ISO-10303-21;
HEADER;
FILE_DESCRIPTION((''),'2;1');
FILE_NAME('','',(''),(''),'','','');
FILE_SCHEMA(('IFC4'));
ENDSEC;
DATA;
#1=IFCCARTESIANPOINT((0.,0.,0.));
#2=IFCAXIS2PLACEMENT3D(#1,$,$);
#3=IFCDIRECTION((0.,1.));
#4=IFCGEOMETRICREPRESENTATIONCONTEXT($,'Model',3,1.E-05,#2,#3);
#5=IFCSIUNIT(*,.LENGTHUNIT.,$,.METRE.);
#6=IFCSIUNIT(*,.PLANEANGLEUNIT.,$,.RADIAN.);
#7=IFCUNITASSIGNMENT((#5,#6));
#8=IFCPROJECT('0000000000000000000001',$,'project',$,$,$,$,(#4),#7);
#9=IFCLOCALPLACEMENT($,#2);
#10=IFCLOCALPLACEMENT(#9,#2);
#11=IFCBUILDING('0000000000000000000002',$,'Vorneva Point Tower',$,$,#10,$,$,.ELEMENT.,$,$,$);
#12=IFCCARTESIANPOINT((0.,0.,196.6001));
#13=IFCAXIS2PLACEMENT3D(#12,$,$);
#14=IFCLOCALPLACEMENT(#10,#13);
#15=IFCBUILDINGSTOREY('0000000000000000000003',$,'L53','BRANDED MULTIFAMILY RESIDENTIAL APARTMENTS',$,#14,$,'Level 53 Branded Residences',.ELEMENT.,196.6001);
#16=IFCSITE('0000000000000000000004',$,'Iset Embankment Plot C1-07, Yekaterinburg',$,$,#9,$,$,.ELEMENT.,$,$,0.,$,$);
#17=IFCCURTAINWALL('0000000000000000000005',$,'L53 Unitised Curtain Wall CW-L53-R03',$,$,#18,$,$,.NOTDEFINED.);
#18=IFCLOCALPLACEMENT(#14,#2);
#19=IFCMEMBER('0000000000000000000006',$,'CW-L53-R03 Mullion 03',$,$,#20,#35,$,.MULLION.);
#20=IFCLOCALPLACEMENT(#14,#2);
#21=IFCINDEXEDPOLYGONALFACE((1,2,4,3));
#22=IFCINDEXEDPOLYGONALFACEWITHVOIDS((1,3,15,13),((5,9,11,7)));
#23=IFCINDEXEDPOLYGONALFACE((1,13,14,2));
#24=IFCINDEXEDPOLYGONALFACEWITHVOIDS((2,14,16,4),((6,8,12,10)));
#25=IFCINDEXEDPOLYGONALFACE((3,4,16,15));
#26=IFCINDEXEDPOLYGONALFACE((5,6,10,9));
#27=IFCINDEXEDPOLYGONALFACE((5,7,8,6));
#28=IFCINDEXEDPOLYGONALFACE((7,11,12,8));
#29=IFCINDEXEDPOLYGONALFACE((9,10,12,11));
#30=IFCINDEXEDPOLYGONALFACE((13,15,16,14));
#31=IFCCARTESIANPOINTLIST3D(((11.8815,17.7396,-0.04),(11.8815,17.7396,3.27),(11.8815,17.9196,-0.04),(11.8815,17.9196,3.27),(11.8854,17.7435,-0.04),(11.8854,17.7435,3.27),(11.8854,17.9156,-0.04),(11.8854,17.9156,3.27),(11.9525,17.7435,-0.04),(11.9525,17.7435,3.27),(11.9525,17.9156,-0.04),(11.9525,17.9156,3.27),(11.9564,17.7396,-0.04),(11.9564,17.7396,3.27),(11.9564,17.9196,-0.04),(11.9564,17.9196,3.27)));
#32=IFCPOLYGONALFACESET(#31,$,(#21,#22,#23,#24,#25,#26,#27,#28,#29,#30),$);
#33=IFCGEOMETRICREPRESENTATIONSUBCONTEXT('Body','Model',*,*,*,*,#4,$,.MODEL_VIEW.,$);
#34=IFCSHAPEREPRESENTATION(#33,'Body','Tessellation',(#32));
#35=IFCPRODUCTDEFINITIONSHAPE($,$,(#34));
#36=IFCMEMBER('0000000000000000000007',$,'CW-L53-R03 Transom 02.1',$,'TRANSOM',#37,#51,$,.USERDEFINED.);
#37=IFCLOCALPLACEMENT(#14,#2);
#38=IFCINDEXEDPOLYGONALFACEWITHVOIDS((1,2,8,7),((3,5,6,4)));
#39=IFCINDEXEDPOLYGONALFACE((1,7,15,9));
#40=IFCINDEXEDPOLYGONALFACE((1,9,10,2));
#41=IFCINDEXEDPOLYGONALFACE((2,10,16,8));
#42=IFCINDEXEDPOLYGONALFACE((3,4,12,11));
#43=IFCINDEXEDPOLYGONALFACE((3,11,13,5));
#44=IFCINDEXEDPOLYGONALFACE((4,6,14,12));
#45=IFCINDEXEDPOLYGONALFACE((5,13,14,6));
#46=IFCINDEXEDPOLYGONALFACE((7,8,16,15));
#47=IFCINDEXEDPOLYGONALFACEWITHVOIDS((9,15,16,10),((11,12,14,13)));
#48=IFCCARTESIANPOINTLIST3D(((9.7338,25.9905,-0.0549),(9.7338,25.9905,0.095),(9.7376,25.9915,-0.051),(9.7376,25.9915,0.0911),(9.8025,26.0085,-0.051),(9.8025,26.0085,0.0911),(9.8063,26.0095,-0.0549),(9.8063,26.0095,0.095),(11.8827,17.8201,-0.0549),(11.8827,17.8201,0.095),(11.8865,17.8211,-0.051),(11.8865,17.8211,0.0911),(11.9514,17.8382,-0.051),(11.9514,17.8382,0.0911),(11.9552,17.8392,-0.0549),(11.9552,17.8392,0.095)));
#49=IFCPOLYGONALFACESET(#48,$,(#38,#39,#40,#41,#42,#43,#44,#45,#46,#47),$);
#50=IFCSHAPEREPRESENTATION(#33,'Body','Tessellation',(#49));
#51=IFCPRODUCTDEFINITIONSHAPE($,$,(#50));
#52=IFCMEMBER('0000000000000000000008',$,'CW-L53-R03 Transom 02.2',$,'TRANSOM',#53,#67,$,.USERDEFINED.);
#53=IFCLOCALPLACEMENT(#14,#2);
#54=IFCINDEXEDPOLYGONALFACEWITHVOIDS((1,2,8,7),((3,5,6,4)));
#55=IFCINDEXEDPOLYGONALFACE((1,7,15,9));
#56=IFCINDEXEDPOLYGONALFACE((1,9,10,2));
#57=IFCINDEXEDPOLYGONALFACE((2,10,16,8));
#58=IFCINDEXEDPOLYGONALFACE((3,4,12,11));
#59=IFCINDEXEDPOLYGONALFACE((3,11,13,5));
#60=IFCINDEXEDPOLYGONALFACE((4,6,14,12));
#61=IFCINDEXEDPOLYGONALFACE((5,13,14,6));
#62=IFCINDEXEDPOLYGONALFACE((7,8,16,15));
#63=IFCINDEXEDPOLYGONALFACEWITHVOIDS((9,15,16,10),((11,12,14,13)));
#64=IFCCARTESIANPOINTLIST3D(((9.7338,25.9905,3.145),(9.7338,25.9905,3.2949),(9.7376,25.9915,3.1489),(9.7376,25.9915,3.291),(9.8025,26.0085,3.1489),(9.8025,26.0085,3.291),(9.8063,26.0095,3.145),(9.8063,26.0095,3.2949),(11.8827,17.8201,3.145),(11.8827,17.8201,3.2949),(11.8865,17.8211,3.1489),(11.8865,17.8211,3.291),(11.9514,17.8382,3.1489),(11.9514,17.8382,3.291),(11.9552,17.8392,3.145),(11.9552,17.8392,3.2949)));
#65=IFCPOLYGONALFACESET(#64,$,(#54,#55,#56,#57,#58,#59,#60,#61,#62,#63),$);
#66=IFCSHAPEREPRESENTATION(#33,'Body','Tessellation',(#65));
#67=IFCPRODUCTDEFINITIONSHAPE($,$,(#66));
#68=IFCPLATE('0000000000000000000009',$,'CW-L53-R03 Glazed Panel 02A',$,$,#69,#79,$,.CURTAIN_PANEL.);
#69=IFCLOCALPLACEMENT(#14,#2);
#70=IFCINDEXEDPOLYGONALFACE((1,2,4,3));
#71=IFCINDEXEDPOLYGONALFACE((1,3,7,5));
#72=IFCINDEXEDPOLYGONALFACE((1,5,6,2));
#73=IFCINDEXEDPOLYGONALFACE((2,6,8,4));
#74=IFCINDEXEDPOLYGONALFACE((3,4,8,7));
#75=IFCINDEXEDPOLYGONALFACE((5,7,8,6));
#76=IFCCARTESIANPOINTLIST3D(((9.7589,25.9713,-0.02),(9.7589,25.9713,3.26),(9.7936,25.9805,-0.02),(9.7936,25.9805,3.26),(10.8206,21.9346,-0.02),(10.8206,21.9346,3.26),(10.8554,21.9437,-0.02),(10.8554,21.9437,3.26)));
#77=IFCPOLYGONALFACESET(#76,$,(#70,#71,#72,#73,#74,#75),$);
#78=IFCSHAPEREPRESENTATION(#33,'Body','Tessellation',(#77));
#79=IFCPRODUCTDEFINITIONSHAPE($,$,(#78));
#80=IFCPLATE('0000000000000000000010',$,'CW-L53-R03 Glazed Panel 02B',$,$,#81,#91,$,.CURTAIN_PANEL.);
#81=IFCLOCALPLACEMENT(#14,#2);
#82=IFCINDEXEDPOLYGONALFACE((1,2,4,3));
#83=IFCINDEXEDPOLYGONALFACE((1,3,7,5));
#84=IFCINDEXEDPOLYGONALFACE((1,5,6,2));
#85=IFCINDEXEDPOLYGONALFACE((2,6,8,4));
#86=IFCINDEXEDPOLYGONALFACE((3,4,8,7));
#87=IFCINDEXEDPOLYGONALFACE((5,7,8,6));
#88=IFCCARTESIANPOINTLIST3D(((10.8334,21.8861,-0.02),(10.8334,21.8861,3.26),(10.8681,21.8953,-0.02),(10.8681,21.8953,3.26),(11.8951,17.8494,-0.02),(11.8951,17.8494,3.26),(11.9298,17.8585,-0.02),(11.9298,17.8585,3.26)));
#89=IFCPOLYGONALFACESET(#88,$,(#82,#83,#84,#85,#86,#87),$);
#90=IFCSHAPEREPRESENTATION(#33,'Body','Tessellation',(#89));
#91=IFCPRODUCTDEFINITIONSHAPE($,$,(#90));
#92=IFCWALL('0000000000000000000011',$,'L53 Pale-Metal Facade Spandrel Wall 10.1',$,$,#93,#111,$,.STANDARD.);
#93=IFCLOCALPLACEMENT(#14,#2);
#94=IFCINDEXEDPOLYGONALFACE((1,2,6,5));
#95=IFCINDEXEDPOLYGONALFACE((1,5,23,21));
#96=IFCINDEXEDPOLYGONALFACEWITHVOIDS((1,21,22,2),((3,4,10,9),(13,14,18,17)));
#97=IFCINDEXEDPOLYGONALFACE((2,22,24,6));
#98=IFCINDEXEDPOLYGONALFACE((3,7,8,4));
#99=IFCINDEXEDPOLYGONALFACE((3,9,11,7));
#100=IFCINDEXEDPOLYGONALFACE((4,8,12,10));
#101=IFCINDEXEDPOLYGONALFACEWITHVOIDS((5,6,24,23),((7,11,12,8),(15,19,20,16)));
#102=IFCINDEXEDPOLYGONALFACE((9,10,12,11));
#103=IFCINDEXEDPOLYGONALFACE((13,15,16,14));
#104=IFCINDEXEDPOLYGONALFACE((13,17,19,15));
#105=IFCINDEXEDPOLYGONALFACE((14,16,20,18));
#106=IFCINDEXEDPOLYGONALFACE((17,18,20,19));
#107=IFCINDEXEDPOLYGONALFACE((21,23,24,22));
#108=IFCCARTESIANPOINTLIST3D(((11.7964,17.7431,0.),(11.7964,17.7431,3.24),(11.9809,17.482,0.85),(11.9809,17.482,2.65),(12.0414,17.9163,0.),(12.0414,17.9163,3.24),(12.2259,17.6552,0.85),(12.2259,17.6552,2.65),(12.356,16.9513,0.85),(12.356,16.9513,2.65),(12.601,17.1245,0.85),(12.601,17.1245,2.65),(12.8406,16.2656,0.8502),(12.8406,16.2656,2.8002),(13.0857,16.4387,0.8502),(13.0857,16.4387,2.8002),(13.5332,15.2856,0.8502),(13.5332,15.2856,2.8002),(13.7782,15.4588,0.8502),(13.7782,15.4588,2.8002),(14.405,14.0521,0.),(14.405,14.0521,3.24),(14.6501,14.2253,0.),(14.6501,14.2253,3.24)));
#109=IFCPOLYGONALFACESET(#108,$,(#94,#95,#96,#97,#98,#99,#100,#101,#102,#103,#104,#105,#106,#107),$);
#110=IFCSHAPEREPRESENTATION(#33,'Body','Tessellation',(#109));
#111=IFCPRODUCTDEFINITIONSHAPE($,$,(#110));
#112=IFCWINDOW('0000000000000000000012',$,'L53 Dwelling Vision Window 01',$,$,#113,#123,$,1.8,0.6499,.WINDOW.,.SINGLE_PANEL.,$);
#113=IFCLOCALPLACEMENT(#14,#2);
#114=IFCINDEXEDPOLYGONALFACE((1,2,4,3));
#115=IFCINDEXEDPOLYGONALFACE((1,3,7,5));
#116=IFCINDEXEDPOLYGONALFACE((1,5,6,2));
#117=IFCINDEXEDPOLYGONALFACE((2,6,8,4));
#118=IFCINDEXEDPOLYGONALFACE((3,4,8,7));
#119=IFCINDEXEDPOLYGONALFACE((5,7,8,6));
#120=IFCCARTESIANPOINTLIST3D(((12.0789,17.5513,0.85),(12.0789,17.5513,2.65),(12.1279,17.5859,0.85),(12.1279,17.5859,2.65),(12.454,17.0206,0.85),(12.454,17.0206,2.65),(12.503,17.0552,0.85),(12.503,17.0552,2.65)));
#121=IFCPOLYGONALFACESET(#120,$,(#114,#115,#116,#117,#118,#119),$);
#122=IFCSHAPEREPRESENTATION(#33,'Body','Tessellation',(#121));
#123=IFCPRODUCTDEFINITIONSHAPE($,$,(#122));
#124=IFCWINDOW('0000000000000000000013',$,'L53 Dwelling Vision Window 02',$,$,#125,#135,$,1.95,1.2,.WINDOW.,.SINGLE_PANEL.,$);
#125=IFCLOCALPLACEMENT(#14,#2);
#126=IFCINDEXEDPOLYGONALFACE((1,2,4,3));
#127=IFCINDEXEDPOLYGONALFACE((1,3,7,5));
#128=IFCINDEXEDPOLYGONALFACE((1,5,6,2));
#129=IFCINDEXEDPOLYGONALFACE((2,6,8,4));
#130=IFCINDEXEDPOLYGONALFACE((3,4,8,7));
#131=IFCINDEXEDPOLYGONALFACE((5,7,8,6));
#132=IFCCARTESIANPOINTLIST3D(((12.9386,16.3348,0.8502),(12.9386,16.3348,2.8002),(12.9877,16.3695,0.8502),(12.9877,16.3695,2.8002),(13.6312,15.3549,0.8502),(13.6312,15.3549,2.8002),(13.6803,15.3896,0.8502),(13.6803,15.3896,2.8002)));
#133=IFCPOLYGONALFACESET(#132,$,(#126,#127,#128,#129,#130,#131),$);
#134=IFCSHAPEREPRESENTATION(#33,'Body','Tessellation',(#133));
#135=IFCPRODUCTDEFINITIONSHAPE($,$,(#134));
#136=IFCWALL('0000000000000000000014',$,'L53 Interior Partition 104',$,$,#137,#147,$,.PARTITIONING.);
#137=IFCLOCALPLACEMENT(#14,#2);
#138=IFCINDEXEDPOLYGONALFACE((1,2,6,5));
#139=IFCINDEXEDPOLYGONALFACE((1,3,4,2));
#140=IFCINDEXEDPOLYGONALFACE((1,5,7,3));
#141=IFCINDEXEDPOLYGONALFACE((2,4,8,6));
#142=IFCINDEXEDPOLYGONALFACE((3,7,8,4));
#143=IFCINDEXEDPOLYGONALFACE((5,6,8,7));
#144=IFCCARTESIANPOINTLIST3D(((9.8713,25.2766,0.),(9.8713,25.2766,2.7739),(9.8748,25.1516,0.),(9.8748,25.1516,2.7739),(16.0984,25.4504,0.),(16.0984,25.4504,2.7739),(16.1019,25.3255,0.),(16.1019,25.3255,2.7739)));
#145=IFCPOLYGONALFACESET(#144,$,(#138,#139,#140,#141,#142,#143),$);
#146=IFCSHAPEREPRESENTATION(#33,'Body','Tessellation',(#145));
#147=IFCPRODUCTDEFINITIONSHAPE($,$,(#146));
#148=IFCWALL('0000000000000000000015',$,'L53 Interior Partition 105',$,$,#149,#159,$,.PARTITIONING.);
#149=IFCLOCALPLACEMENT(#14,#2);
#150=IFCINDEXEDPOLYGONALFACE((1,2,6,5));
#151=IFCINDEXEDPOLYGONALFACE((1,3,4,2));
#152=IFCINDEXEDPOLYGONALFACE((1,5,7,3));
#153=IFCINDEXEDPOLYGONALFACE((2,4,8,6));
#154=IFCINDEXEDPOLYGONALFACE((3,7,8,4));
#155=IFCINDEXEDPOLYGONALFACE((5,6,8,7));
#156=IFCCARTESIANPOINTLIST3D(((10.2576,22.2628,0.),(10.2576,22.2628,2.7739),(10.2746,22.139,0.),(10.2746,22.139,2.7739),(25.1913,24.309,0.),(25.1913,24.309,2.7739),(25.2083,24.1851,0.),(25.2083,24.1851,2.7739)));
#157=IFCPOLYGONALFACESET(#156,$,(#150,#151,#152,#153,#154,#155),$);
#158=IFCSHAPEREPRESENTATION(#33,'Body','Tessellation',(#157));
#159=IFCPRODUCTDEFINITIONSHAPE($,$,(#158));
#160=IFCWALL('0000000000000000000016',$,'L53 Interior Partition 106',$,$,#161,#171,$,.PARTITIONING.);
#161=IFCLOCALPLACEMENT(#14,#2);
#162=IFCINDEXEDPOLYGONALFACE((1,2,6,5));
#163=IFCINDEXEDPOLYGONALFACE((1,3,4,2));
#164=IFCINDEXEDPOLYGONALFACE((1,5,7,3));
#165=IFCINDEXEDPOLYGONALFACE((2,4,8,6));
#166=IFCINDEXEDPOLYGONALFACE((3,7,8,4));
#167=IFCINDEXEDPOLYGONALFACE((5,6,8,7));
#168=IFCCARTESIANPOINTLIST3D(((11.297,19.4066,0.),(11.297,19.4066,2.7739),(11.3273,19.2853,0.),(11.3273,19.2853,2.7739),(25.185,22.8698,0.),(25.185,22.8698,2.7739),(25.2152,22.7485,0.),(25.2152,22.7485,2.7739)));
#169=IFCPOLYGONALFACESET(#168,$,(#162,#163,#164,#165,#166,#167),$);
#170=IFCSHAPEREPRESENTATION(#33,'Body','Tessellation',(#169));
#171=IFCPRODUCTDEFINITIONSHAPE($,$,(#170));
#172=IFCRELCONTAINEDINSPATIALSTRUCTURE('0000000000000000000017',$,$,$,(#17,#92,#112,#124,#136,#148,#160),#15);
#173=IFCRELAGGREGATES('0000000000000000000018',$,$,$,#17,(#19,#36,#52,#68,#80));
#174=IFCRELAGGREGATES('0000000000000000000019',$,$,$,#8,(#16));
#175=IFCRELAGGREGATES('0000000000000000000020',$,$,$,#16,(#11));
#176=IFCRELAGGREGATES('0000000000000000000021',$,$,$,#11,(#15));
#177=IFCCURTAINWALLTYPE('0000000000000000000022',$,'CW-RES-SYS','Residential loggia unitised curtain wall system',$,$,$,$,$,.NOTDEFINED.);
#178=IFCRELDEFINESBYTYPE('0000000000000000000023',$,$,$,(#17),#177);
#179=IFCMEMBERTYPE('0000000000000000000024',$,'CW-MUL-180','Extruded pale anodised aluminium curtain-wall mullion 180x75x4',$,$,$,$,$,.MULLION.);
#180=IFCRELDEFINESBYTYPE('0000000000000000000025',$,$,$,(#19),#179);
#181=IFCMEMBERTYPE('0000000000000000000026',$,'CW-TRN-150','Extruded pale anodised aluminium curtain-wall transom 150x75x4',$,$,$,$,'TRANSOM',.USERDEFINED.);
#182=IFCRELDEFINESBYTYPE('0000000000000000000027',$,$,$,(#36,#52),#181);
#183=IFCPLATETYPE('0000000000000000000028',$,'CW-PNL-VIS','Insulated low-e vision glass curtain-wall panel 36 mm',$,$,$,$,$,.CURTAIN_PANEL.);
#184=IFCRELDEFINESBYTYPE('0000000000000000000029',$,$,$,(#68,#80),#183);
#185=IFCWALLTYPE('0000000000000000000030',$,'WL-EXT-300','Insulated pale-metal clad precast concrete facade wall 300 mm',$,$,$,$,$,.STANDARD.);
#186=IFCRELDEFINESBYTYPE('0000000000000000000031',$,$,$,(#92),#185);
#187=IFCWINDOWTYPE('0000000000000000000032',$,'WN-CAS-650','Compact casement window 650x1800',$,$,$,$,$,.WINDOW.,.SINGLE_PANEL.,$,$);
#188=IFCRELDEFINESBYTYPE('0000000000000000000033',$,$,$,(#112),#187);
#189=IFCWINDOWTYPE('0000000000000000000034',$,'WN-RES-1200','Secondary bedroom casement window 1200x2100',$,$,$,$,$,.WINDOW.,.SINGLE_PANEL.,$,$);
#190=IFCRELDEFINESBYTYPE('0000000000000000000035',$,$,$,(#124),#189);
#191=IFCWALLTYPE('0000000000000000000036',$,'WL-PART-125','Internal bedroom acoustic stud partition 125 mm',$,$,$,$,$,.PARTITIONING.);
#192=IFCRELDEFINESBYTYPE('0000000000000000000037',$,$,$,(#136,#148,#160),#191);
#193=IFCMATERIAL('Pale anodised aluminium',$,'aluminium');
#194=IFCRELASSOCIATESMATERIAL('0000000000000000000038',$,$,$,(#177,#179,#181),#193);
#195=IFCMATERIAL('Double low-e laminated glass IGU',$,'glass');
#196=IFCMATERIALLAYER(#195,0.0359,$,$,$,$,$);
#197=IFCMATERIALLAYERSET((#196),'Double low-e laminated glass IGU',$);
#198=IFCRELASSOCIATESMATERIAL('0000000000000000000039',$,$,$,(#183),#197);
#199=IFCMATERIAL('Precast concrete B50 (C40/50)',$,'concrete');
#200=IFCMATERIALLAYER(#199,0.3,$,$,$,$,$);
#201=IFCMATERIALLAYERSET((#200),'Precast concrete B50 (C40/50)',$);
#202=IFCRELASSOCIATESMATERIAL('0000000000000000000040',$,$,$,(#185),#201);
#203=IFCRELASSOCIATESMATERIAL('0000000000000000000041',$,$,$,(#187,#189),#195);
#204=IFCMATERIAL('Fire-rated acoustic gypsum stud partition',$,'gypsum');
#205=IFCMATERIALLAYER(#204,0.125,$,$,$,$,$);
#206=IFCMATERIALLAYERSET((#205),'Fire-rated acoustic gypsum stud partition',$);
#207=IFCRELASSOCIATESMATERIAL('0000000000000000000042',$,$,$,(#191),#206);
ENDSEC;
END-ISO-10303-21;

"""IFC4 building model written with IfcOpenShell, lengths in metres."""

from ifc_helpers import new_model, si_unit, direction, frame, frame_2d, origin, origin_2d, place, context, subcontext, project, spatial, rectangle, hollow_rectangle, extrude, material, layer, layer_set, material_profile, profile_set, type_object, element, fill, aggregate, save


model = new_model("IFC4")

# Units and contexts
model_context = context("Model", 3, precision=1e-05, world=origin(), true_north=direction((0.0, 1.0)))
body_context = subcontext(model_context, "Body", "Model", "MODEL_VIEW")
ifc_project = project(units=[si_unit("LENGTHUNIT", "METRE"), si_unit("PLANEANGLEUNIT", "RADIAN")], contexts=[model_context])

# Site, building, storey
site_placement = place(None, origin())
site = spatial("IfcSite", under=ifc_project, at=site_placement, Name="Iset Embankment Plot C1-07, Yekaterinburg", CompositionType="ELEMENT", RefElevation=0.0)
building_placement = place(site_placement, origin())
building = spatial("IfcBuilding", under=site, at=building_placement, Name="Vorneva Point Tower", CompositionType="ELEMENT")
storey_placement = place(building_placement, frame((0.0, 0.0, 196.6001)))
storey = spatial("IfcBuildingStorey", under=building, at=storey_placement, Name="L53", Description="BRANDED MULTIFAMILY RESIDENTIAL APARTMENTS", LongName="Level 53 Branded Residences", CompositionType="ELEMENT", Elevation=196.6001)

# Curtain wall, members, plates
ifc_material_1 = material(Name="Pale anodised aluminium", Category="aluminium")
curtain_wall_type = type_object("IfcCurtainWallType", Name="CW-RES-SYS", Description="Residential loggia unitised curtain wall system", PredefinedType="NOTDEFINED", material=ifc_material_1)
curtain_wall_placement = place(storey_placement, origin())
curtain_wall = element("IfcCurtainWall", 1, at=curtain_wall_placement, inside=storey, type_object=curtain_wall_type, Name="L53 Unitised Curtain Wall CW-L53-R03", PredefinedType="NOTDEFINED")
ifc_material_profile_1 = material_profile(ifc_material_1, hollow_rectangle(XDim=0.075, YDim=0.1799, WallThickness=0.0039, at=origin_2d()), Name="AL-MUL 180x75x4")
ifc_profile_set_1 = profile_set([ifc_material_profile_1], Name="Pale anodised aluminium")
member_type_1 = type_object("IfcMemberType", Name="CW-MUL-180", Description="Extruded pale anodised aluminium curtain-wall mullion 180x75x4", PredefinedType="MULLION", material=ifc_profile_set_1)
member_1_placement = place(storey_placement, frame((11.9189, 17.8296, -0.04), z_axis=(0.0, 0.0, 1.0), x_axis=(1.0, 0.0, 0.0)))
member_1 = element("IfcMember", 2, at=member_1_placement, type_object=member_type_1, Name="CW-L53-R03 Mullion 03", PredefinedType="MULLION", context=body_context, shape_type="SweptSolid", body=[
    extrude(hollow_rectangle(XDim=0.075, YDim=0.1799, WallThickness=0.0039, at=origin_2d()), origin(), (0.0, 0.0, 1.0), 3.3101),
])
ifc_material_profile_2 = material_profile(ifc_material_1, hollow_rectangle(XDim=0.075, YDim=0.1499, WallThickness=0.0039, at=origin_2d()), Name="AL-TRN 150x75x4")
ifc_profile_set_2 = profile_set([ifc_material_profile_2], Name="Pale anodised aluminium")
member_type_2 = type_object("IfcMemberType", Name="CW-TRN-150", Description="Extruded pale anodised aluminium curtain-wall transom 150x75x4", ElementType="TRANSOM", PredefinedType="USERDEFINED", material=ifc_profile_set_2)
member_2_placement = place(storey_placement, frame((9.77, 26.0, 0.02), z_axis=(0.254362, -0.967109, 0.0), x_axis=(0.967109, 0.254362, 0.0)))
member_2 = element("IfcMember", 3, at=member_2_placement, type_object=member_type_2, Name="CW-L53-R03 Transom 02.1", ObjectType="TRANSOM", PredefinedType="USERDEFINED", context=body_context, shape_type="SweptSolid", body=[
    extrude(hollow_rectangle(XDim=0.075, YDim=0.1499, WallThickness=0.0039, at=origin_2d()), origin(), (0.0, 0.0, 1.0), 8.4482),
])
member_3_placement = place(storey_placement, frame((9.77, 26.0, 3.22), z_axis=(0.254362, -0.967109, 0.0), x_axis=(0.967109, 0.254362, 0.0)))
member_3 = element("IfcMember", 4, at=member_3_placement, type_object=member_type_2, Name="CW-L53-R03 Transom 02.2", ObjectType="TRANSOM", PredefinedType="USERDEFINED", context=body_context, shape_type="SweptSolid", body=[
    extrude(hollow_rectangle(XDim=0.075, YDim=0.1499, WallThickness=0.0039, at=origin_2d()), origin(), (0.0, 0.0, 1.0), 8.4482),
])
ifc_material_2 = material(Name="Double low-e laminated glass IGU", Category="glass")
ifc_layer_1 = layer(ifc_material_2, 0.0359)
ifc_layer_set_1 = layer_set([ifc_layer_1], Name="Double low-e laminated glass IGU")
plate_type = type_object("IfcPlateType", Name="CW-PNL-VIS", Description="Insulated low-e vision glass curtain-wall panel 36 mm", PredefinedType="CURTAIN_PANEL", material=ifc_layer_set_1)
plate_1_placement = place(storey_placement, frame((10.3071, 23.9575, -0.02), z_axis=(0.0, 0.0, 1.0), x_axis=(0.254366, -0.967108, 0.0)))
plate_1 = element("IfcPlate", 5, at=plate_1_placement, type_object=plate_type, Name="CW-L53-R03 Glazed Panel 02A", PredefinedType="CURTAIN_PANEL", context=body_context, shape_type="SweptSolid", body=[
    extrude(rectangle(XDim=4.1741, YDim=0.0359, at=origin_2d()), origin(), (0.0, 0.0, 1.0), 3.28),
])
plate_2_placement = place(storey_placement, frame((11.3816, 19.8723, -0.02), z_axis=(0.0, 0.0, 1.0), x_axis=(0.254366, -0.967108, 0.0)))
plate_2 = element("IfcPlate", 6, at=plate_2_placement, type_object=plate_type, Name="CW-L53-R03 Glazed Panel 02B", PredefinedType="CURTAIN_PANEL", context=body_context, shape_type="SweptSolid", body=[
    extrude(rectangle(XDim=4.1741, YDim=0.0359, at=origin_2d()), origin(), (0.0, 0.0, 1.0), 3.28),
])
aggregate(curtain_wall, [member_1, member_2, member_3, plate_1, plate_2])

# Wall, openings, windows
ifc_material_3 = material(Name="Precast concrete B50 (C40/50)", Category="concrete")
ifc_layer_2 = layer(ifc_material_3, 0.3)
ifc_layer_set_2 = layer_set([ifc_layer_2], Name="Precast concrete B50 (C40/50)")
wall_type_1 = type_object("IfcWallType", Name="WL-EXT-300", Description="Insulated pale-metal clad precast concrete facade wall 300 mm", PredefinedType="STANDARD", material=ifc_layer_set_2)
wall_1_placement = place(storey_placement, frame((11.9189, 17.8296, 0.0), z_axis=(0.0, 0.0, 1.0), x_axis=(0.577169, -0.816625, 0.0)))
wall_1 = element("IfcWall", 7, at=wall_1_placement, inside=storey, type_object=wall_type_1, Name="L53 Pale-Metal Facade Spandrel Wall 10.1", PredefinedType="STANDARD", context=body_context, shape_type="SweptSolid", body=[
    extrude(rectangle(XDim=4.5198, YDim=0.3, at=frame_2d((2.2598, 0.0))), origin(), (0.0, 0.0, 1.0), 3.24),
])
opening_1_placement = place(wall_1_placement, frame((0.3196, 0.0, 0.8501)))
opening_1 = element("IfcOpeningElement", 8, at=opening_1_placement, cuts=wall_1, PredefinedType="OPENING", context=body_context, shape_type="SweptSolid", body=[
    extrude(rectangle(XDim=0.6499, YDim=1.8, at=frame_2d((0.325, 0.8999))), frame((0.0, 0.165, 0.0), z_axis=(0.0, -1.0, 0.0), x_axis=(1.0, 0.0, 0.0)), (0.0, 0.0, 1.0), 0.3298),
])
opening_2_placement = place(wall_1_placement, frame((1.8091, 0.0, 0.8501)))
opening_2 = element("IfcOpeningElement", 9, at=opening_2_placement, cuts=wall_1, PredefinedType="OPENING", context=body_context, shape_type="SweptSolid", body=[
    extrude(rectangle(XDim=1.2, YDim=1.95, at=frame_2d((0.6001, 0.9751))), frame((0.0, 0.165, 0.0), z_axis=(0.0, -1.0, 0.0), x_axis=(1.0, 0.0, 0.0)), (0.0, 0.0, 1.0), 0.3298),
])
window_type_1 = type_object("IfcWindowType", Name="WN-CAS-650", Description="Compact casement window 650x1800", PartitioningType="SINGLE_PANEL", PredefinedType="WINDOW", material=ifc_material_2)
window_1_placement = place(opening_1_placement, origin())
window_1 = element("IfcWindow", 10, at=window_1_placement, inside=storey, type_object=window_type_1, Name="L53 Dwelling Vision Window 01", OverallHeight=1.8, OverallWidth=0.6499, PartitioningType="SINGLE_PANEL", PredefinedType="WINDOW", context=body_context, shape_type="SweptSolid", body=[
    extrude(rectangle(XDim=0.6499, YDim=1.8, at=frame_2d((0.325, 0.8999))), frame((0.0, 0.03, 0.0), z_axis=(0.0, -1.0, 0.0), x_axis=(1.0, 0.0, 0.0)), (0.0, 0.0, 1.0), 0.0601),
])
fill(opening_1, window_1)
window_type_2 = type_object("IfcWindowType", Name="WN-RES-1200", Description="Secondary bedroom casement window 1200x2100", PartitioningType="SINGLE_PANEL", PredefinedType="WINDOW", material=ifc_material_2)
window_2_placement = place(opening_2_placement, origin())
window_2 = element("IfcWindow", 11, at=window_2_placement, inside=storey, type_object=window_type_2, Name="L53 Dwelling Vision Window 02", OverallHeight=1.95, OverallWidth=1.2, PartitioningType="SINGLE_PANEL", PredefinedType="WINDOW", context=body_context, shape_type="SweptSolid", body=[
    extrude(rectangle(XDim=1.2, YDim=1.95, at=frame_2d((0.6001, 0.9751))), frame((0.0, 0.03, 0.0), z_axis=(0.0, -1.0, 0.0), x_axis=(1.0, 0.0, 0.0)), (0.0, 0.0, 1.0), 0.0601),
])
fill(opening_2, window_2)

# Walls
ifc_material_4 = material(Name="Fire-rated acoustic gypsum stud partition", Category="gypsum")
ifc_layer_3 = layer(ifc_material_4, 0.125)
ifc_layer_set_3 = layer_set([ifc_layer_3], Name="Fire-rated acoustic gypsum stud partition")
wall_type_2 = type_object("IfcWallType", Name="WL-PART-125", Description="Internal bedroom acoustic stud partition 125 mm", PredefinedType="PARTITIONING", material=ifc_layer_set_3)
wall_2_placement = place(storey_placement, frame((9.873, 25.2141, 0.0), z_axis=(0.0, 0.0, 1.0), x_axis=(0.999611, 0.027904, 0.0)))
element("IfcWall", 12, at=wall_2_placement, inside=storey, type_object=wall_type_2, Name="L53 Interior Partition 104", PredefinedType="PARTITIONING", context=body_context, shape_type="SweptSolid", body=[
    extrude(rectangle(XDim=6.2295, YDim=0.125, at=frame_2d((3.1147, 0.0))), origin(), (0.0, 0.0, 1.0), 2.7739),
])
wall_3_placement = place(storey_placement, frame((10.2661, 22.2009, 0.0), z_axis=(0.0, 0.0, 1.0), x_axis=(0.990744, 0.135746, 0.0)))
element("IfcWall", 13, at=wall_3_placement, inside=storey, type_object=wall_type_2, Name="L53 Interior Partition 105", PredefinedType="PARTITIONING", context=body_context, shape_type="SweptSolid", body=[
    extrude(rectangle(XDim=15.0732, YDim=0.125, at=frame_2d((7.5366, 0.0))), origin(), (0.0, 0.0, 1.0), 2.7739),
])
wall_4_placement = place(storey_placement, frame((11.312, 19.3459, 0.0), z_axis=(0.0, 0.0, 1.0), x_axis=(0.970288, 0.241954, 0.0)))
element("IfcWall", 14, at=wall_4_placement, inside=storey, type_object=wall_type_2, Name="L53 Interior Partition 106", PredefinedType="PARTITIONING", context=body_context, shape_type="SweptSolid", body=[
    extrude(rectangle(XDim=14.3132, YDim=0.125, at=frame_2d((7.1567, 0.0))), origin(), (0.0, 0.0, 1.0), 2.7739),
])

save(model, "model.ifc")
